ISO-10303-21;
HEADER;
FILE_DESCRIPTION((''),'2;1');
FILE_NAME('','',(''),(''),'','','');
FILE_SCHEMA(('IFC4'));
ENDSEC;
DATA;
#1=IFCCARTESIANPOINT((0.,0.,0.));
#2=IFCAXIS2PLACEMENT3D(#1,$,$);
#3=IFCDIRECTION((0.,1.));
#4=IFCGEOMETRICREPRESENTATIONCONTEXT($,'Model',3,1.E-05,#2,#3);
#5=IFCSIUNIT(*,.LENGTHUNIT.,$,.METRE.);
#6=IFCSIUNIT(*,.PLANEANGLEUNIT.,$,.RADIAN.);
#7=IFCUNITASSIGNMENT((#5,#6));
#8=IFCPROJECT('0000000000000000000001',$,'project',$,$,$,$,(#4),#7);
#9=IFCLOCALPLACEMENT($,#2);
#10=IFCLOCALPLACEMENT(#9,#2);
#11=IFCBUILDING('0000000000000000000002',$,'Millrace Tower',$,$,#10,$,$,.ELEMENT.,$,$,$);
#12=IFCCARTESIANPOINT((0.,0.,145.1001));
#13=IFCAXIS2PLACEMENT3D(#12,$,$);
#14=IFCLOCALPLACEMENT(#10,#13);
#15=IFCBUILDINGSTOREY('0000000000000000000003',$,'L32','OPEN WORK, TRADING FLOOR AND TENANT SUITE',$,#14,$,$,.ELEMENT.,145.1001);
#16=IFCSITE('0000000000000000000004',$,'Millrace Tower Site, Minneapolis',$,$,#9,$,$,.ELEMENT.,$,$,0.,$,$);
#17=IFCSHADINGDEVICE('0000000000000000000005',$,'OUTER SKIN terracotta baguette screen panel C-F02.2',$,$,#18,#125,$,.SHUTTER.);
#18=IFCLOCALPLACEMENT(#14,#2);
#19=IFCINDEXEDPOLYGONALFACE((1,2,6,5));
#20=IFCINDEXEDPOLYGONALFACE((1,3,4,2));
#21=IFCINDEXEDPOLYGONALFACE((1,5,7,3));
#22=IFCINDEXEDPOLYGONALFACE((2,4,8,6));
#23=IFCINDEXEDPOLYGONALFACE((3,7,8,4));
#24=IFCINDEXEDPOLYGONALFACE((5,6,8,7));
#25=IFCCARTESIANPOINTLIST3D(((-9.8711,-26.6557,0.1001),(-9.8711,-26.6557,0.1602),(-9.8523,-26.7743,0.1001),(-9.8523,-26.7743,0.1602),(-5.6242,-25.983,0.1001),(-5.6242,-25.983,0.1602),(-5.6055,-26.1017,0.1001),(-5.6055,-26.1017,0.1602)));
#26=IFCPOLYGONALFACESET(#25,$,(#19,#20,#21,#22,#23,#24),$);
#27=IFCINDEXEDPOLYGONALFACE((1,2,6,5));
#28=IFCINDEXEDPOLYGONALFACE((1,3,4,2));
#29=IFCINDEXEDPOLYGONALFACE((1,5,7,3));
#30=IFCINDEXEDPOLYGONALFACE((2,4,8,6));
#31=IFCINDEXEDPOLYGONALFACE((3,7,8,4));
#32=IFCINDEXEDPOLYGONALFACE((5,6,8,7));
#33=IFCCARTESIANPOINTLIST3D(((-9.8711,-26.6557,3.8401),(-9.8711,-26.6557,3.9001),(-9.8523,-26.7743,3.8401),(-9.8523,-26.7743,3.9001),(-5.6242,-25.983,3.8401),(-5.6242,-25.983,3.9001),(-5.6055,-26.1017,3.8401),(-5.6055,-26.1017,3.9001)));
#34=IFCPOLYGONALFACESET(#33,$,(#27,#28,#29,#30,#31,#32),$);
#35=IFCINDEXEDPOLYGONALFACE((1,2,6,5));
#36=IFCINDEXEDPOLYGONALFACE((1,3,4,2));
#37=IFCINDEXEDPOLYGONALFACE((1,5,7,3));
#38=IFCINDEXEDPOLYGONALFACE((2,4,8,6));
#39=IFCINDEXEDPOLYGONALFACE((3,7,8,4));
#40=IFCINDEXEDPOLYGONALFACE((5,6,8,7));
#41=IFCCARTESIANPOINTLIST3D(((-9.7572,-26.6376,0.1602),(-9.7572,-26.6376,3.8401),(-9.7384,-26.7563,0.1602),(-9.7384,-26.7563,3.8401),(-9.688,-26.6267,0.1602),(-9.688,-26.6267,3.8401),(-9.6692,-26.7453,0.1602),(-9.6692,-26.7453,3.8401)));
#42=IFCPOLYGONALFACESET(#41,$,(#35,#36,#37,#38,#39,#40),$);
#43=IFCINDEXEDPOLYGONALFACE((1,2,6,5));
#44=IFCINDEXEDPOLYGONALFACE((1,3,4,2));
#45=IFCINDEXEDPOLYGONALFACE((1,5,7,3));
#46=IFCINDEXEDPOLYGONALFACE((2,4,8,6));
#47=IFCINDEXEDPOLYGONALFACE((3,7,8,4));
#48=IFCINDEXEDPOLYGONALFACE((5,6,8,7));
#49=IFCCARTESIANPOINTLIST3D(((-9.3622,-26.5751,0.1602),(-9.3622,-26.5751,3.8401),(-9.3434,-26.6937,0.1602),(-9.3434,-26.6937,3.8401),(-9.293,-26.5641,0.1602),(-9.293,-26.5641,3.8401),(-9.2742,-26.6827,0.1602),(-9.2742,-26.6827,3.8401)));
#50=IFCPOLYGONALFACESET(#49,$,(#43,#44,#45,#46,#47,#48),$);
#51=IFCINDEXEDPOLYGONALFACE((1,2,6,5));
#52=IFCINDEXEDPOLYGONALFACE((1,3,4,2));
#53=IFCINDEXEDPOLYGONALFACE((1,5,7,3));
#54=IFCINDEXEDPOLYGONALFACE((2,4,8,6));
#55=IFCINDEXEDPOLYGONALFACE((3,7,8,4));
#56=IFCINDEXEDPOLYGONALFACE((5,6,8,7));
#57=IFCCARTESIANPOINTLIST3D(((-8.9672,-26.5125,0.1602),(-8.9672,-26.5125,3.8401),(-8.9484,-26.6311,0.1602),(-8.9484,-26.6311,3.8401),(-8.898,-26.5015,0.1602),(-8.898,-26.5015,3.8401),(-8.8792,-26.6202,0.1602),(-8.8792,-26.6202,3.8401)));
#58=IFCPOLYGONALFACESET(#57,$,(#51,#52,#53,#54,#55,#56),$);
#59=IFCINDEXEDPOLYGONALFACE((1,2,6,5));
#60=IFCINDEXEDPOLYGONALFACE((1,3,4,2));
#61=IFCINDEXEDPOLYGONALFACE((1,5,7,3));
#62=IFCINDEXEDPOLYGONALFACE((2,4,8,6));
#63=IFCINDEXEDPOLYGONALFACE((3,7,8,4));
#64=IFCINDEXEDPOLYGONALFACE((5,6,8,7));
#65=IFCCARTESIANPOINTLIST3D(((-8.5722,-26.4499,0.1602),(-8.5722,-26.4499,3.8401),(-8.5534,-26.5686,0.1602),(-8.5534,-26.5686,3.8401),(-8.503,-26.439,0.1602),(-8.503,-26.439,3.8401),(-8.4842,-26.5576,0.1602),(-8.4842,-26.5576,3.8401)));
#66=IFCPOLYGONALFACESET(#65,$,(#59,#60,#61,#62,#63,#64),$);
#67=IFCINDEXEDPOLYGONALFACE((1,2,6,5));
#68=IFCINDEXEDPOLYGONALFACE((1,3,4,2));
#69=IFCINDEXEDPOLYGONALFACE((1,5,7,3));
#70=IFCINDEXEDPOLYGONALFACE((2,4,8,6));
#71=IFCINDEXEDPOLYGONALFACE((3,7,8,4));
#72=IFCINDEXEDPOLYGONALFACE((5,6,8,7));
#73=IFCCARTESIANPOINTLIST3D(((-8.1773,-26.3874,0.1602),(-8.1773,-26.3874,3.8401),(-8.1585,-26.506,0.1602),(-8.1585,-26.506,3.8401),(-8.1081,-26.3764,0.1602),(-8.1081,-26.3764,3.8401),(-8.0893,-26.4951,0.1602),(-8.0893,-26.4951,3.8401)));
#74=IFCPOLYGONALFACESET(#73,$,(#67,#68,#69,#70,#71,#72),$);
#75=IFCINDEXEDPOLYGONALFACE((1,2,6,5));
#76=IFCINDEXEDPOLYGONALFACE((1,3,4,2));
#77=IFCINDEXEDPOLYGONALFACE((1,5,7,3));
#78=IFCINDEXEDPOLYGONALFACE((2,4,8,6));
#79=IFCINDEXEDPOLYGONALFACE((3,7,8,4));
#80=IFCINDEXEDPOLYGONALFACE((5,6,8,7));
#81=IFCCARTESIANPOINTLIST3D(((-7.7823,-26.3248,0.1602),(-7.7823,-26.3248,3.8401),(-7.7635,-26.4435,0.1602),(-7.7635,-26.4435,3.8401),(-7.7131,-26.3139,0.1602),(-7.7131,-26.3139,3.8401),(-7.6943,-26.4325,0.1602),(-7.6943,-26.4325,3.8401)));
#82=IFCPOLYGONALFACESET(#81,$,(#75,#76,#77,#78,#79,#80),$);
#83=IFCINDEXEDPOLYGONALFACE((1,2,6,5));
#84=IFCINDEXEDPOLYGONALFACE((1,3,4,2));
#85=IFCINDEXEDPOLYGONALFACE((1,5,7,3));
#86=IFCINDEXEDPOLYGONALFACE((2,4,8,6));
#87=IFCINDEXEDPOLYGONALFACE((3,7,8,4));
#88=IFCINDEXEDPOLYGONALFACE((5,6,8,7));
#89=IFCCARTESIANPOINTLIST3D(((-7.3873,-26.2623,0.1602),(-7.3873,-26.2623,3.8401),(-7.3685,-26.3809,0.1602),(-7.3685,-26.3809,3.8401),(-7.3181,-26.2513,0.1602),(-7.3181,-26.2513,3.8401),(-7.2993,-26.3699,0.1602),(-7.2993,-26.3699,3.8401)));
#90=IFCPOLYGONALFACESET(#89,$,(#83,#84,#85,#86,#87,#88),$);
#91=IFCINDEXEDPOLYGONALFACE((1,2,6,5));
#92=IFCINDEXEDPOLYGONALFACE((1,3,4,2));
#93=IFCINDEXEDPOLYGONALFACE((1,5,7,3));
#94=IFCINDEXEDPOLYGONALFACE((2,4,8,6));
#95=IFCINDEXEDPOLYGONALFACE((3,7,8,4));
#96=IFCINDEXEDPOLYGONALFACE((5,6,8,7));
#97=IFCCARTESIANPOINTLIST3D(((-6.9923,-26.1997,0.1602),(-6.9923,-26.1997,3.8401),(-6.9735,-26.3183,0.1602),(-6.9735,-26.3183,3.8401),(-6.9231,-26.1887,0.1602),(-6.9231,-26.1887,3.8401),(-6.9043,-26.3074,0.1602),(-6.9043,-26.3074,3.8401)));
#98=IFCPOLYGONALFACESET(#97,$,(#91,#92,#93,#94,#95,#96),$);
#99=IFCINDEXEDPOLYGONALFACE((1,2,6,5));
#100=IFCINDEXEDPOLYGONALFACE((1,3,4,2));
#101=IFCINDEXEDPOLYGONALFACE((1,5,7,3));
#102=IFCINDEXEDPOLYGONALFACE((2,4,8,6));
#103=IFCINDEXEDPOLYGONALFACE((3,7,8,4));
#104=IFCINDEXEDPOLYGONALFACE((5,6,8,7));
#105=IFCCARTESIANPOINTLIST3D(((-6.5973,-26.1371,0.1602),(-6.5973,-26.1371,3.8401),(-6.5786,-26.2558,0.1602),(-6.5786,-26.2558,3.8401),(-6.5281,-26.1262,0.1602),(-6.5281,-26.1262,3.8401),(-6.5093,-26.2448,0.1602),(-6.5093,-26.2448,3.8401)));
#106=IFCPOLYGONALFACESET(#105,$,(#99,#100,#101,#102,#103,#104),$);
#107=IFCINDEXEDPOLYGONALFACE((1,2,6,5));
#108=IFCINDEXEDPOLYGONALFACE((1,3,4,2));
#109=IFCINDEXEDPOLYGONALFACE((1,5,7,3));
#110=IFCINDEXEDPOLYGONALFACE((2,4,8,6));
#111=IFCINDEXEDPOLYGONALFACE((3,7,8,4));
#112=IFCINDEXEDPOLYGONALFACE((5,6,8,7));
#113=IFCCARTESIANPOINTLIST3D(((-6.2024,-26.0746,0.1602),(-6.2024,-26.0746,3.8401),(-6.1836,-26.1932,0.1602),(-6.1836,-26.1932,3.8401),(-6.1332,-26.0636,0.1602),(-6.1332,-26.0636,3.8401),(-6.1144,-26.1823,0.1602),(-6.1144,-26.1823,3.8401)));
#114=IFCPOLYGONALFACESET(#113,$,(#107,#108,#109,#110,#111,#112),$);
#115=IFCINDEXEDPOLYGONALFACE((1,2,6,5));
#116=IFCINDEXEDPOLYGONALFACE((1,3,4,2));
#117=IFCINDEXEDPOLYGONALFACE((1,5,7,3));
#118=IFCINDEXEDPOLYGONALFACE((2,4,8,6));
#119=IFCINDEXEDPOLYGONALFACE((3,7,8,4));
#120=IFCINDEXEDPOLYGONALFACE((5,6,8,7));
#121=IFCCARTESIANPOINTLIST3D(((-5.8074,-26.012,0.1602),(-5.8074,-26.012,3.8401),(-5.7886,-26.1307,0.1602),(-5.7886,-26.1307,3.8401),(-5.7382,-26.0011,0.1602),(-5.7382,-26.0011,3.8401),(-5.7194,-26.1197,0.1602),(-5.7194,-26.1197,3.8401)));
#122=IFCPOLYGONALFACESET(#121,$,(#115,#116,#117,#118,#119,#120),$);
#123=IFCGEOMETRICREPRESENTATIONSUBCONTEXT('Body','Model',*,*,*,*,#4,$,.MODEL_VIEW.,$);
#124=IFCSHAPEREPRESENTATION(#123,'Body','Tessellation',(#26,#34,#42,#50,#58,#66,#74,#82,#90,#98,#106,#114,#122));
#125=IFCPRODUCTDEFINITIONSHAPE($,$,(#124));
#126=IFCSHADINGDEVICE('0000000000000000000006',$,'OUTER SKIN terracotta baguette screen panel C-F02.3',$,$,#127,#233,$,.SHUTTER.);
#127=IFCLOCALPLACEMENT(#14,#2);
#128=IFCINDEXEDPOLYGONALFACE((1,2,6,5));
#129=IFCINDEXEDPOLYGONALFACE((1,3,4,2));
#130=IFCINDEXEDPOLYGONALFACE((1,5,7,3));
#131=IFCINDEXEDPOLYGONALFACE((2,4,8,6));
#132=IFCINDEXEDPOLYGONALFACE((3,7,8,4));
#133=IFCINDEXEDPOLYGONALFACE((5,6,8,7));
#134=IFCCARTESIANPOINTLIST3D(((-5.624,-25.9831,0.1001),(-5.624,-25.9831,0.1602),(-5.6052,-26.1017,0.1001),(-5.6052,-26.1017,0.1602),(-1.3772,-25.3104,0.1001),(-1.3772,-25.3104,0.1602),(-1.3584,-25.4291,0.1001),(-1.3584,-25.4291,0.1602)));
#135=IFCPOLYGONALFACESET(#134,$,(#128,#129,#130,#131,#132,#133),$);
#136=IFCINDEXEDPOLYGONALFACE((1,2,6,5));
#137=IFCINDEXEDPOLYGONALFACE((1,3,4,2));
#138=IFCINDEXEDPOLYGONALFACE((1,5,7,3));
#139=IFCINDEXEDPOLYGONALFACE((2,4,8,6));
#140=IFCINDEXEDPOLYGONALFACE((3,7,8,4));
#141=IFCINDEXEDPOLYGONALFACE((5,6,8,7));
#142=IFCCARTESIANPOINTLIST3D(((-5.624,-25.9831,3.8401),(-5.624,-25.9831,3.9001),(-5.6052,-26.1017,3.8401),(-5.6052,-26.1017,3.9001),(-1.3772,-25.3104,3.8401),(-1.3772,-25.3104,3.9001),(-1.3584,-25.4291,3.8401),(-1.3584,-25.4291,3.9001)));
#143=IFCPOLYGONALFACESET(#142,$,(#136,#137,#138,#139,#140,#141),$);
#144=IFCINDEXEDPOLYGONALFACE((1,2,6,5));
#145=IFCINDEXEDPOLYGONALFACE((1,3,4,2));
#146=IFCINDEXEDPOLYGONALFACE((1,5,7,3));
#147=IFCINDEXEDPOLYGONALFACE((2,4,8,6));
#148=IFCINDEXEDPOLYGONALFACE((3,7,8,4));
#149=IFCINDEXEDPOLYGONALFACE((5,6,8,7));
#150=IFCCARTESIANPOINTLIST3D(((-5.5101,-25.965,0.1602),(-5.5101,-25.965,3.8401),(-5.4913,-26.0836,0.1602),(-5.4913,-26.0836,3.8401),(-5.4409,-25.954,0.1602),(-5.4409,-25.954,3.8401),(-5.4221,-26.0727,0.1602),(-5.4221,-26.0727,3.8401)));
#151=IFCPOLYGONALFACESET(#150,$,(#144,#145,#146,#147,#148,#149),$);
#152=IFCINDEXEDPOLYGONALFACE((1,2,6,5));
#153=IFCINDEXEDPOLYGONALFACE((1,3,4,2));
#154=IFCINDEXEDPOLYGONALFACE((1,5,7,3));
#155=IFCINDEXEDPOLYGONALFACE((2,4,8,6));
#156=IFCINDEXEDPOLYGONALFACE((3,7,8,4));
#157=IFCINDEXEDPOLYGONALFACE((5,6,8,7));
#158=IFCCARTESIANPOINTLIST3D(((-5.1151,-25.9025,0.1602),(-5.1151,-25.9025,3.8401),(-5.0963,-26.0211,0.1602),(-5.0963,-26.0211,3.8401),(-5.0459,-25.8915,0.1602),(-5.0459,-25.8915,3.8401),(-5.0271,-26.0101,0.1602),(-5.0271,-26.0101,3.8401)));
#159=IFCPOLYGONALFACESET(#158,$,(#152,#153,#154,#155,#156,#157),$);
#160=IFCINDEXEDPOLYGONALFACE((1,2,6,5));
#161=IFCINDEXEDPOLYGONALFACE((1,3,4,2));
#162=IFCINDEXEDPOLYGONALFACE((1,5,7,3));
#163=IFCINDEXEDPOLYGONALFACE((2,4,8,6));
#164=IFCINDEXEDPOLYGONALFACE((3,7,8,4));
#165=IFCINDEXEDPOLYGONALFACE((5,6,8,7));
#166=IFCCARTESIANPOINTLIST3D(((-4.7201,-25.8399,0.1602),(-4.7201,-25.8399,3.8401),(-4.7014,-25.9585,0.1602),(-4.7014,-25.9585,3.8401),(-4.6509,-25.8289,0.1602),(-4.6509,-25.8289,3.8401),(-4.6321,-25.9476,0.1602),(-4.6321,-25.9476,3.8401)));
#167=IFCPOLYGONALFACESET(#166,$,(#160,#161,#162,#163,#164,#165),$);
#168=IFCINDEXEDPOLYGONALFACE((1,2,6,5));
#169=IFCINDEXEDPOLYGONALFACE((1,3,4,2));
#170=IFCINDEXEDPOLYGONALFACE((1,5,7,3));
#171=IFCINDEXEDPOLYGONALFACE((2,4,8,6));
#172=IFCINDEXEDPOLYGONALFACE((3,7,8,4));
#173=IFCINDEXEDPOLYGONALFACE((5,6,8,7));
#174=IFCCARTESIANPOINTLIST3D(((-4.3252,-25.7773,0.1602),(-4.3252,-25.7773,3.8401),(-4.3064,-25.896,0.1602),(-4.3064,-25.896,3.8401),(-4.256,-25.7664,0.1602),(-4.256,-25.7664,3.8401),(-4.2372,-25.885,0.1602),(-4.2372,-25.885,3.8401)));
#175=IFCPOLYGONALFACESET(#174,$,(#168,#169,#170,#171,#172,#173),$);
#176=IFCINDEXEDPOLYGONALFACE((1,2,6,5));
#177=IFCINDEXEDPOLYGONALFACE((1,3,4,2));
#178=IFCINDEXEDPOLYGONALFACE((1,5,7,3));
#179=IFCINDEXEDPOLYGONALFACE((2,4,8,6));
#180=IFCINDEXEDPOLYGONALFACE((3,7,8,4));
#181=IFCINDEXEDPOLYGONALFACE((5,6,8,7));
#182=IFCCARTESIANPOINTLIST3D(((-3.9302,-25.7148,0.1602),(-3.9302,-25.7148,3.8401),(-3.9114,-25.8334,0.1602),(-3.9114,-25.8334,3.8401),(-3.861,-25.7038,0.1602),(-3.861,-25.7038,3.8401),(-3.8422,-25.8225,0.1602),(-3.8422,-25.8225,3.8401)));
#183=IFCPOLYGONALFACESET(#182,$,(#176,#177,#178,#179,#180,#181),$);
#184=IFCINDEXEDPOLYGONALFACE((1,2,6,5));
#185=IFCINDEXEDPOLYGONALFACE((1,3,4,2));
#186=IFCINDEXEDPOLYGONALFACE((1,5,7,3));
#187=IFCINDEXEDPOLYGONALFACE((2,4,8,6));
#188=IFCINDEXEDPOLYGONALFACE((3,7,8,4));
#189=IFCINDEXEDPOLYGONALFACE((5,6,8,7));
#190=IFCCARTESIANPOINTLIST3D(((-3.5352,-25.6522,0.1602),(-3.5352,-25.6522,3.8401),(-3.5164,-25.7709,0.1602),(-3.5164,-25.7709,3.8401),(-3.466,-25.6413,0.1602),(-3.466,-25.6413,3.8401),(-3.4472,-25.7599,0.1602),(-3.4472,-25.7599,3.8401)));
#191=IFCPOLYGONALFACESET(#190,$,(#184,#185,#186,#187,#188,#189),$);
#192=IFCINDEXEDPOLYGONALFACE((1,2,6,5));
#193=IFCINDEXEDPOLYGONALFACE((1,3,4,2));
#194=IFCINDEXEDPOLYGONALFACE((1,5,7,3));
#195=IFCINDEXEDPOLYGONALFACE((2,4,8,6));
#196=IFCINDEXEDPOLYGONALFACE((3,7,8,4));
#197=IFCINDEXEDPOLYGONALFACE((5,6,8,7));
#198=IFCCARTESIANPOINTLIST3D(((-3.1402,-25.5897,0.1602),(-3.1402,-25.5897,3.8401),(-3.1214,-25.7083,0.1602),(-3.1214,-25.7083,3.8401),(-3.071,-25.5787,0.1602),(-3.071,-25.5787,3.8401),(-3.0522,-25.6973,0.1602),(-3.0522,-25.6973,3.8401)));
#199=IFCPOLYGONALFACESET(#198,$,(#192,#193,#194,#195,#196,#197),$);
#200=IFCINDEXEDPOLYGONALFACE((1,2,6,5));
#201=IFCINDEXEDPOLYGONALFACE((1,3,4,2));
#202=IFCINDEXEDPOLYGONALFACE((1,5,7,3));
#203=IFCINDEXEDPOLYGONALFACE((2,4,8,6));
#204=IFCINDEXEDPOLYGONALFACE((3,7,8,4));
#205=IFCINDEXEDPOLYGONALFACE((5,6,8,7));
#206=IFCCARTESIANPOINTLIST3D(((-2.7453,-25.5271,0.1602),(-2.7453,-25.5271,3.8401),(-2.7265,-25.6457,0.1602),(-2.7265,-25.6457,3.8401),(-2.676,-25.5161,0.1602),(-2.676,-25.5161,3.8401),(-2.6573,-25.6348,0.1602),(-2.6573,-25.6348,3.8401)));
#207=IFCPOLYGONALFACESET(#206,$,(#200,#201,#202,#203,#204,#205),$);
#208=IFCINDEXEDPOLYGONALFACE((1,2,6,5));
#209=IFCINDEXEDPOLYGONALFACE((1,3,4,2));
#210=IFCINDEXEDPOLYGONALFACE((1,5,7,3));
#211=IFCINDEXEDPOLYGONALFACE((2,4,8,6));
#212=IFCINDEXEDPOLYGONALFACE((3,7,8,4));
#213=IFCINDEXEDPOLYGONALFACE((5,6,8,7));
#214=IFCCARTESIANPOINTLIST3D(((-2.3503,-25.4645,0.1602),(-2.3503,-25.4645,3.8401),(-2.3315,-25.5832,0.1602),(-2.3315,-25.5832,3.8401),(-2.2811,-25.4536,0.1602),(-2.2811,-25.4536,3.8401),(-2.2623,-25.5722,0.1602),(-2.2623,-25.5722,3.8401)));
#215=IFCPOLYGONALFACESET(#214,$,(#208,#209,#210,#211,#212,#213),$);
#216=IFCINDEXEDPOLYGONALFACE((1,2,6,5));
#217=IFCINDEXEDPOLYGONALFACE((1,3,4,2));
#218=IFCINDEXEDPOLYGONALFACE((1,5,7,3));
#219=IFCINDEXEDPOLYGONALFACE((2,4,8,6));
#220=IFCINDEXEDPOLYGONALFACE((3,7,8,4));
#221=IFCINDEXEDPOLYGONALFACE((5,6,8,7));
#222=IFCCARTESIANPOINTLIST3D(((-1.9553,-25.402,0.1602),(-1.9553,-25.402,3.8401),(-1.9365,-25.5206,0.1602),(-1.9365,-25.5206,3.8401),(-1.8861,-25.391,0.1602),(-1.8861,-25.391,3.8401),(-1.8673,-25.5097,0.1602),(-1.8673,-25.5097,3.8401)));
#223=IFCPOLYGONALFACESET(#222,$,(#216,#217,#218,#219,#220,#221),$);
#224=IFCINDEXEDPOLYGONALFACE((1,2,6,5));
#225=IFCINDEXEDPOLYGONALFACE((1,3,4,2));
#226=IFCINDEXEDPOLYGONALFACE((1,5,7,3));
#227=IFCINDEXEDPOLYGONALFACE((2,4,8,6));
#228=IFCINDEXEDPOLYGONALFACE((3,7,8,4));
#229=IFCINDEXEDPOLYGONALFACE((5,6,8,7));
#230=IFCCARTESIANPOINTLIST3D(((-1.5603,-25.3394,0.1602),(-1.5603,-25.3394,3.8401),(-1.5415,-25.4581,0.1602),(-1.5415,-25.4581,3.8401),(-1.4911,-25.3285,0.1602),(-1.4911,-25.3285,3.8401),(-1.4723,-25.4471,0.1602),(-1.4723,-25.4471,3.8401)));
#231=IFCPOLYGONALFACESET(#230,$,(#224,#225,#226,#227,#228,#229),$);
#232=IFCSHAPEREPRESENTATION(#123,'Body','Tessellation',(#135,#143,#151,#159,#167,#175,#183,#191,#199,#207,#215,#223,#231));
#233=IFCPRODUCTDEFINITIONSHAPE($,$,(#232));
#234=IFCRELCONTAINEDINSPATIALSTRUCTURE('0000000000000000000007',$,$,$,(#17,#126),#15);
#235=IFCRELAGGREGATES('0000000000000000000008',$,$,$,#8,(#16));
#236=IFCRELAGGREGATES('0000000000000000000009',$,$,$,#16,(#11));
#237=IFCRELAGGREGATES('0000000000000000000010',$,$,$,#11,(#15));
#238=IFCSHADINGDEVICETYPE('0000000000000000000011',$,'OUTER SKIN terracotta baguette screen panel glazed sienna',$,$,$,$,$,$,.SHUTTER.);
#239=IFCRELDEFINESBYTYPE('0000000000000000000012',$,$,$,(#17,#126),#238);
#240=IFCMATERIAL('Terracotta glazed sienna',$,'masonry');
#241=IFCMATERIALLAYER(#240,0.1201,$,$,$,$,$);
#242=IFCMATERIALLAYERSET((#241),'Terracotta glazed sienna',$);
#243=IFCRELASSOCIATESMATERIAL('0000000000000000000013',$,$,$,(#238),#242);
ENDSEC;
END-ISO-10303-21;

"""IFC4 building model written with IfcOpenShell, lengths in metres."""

from ifc_helpers import new_model, entity, si_unit, direction, frame, frame_2d, origin, origin_2d, place, context, subcontext, project, spatial, rectangle, extrude, source, transform, mapped, material, layer, layer_set, type_object, element, save


model = new_model("IFC4")

# Units and contexts
model_context = context("Model", 3, precision=1e-05, world=origin(), true_north=direction((0.0, 1.0)))
body_context = subcontext(model_context, "Body", "Model", "MODEL_VIEW")
ifc_project = project(units=[si_unit("LENGTHUNIT", "METRE"), si_unit("PLANEANGLEUNIT", "RADIAN")], contexts=[model_context])

# Site, building, storey
site_placement = place(None, origin())
site = spatial("IfcSite", under=ifc_project, at=site_placement, Name="Millrace Tower Site, Minneapolis", CompositionType="ELEMENT", RefElevation=0.0)
building_placement = place(site_placement, origin())
building = spatial("IfcBuilding", under=site, at=building_placement, Name="Millrace Tower", CompositionType="ELEMENT")
storey_placement = place(building_placement, frame((0.0, 0.0, 145.1001)))
storey = spatial("IfcBuildingStorey", under=building, at=storey_placement, Name="L32", Description="OPEN WORK, TRADING FLOOR AND TENANT SUITE", CompositionType="ELEMENT", Elevation=145.1001)

# Shading devices
ifc_material_1 = material(Name="Terracotta glazed sienna", Category="masonry")
ifc_layer_1 = layer(ifc_material_1, 0.1201)
ifc_layer_set_1 = layer_set([ifc_layer_1], Name="Terracotta glazed sienna")
shading_device_type = type_object("IfcShadingDeviceType", Name="OUTER SKIN terracotta baguette screen panel glazed sienna", PredefinedType="SHUTTER", material=ifc_layer_set_1)
cartesian_point_1 = entity("IfcCartesianPoint", [-2.1499, 0.0601])
shared_polyline_1 = entity("IfcPolyline", [cartesian_point_1, entity("IfcCartesianPoint", [2.1499, 0.0601]), entity("IfcCartesianPoint", [2.1499, -0.0601]), entity("IfcCartesianPoint", [-2.1499, -0.0601]), cartesian_point_1])
shared_shape_1 = source(origin(), body_context, "Body", "SweptSolid", [
    entity("IfcExtrudedAreaSolid", entity("IfcArbitraryClosedProfileDef", "AREA", None, shared_polyline_1), entity("IfcAxis2Placement3D", entity("IfcCartesianPoint", [0.0, 0.0, 0.0])), entity("IfcDirection", [0.0, 0.0, 1.0]), 0.0601),
    entity("IfcExtrudedAreaSolid", entity("IfcArbitraryClosedProfileDef", "AREA", None, shared_polyline_1), entity("IfcAxis2Placement3D", entity("IfcCartesianPoint", [0.0, 0.0, 3.74])), entity("IfcDirection", [0.0, 0.0, 1.0]), 0.0601),
    extrude(rectangle(XDim=0.0701, YDim=0.1201, at=frame_2d((-1.9995, 0.0))), frame((0.0, 0.0, 0.0601)), (0.0, 0.0, 1.0), 3.6799),
    extrude(rectangle(XDim=0.0701, YDim=0.1201, at=frame_2d((-1.5996, 0.0))), frame((0.0, 0.0, 0.0601)), (0.0, 0.0, 1.0), 3.6799),
    extrude(rectangle(XDim=0.0701, YDim=0.1201, at=frame_2d((-1.1997, 0.0))), frame((0.0, 0.0, 0.0601)), (0.0, 0.0, 1.0), 3.6799),
    extrude(rectangle(XDim=0.0701, YDim=0.1201, at=frame_2d((-0.7998, 0.0))), frame((0.0, 0.0, 0.0601)), (0.0, 0.0, 1.0), 3.6799),
    extrude(rectangle(XDim=0.0701, YDim=0.1201, at=frame_2d((-0.3999, 0.0))), frame((0.0, 0.0, 0.0601)), (0.0, 0.0, 1.0), 3.6799),
    extrude(rectangle(XDim=0.0701, YDim=0.1201, at=origin_2d()), frame((0.0, 0.0, 0.0601)), (0.0, 0.0, 1.0), 3.6799),
    extrude(rectangle(XDim=0.0701, YDim=0.1201, at=frame_2d((0.3999, 0.0))), frame((0.0, 0.0, 0.0601)), (0.0, 0.0, 1.0), 3.6799),
    extrude(rectangle(XDim=0.0701, YDim=0.1201, at=frame_2d((0.7998, 0.0))), frame((0.0, 0.0, 0.0601)), (0.0, 0.0, 1.0), 3.6799),
    extrude(rectangle(XDim=0.0701, YDim=0.1201, at=frame_2d((1.1997, 0.0))), frame((0.0, 0.0, 0.0601)), (0.0, 0.0, 1.0), 3.6799),
    extrude(rectangle(XDim=0.0701, YDim=0.1201, at=frame_2d((1.5996, 0.0))), frame((0.0, 0.0, 0.0601)), (0.0, 0.0, 1.0), 3.6799),
    extrude(rectangle(XDim=0.0701, YDim=0.1201, at=frame_2d((1.9995, 0.0))), frame((0.0, 0.0, 0.0601)), (0.0, 0.0, 1.0), 3.6799),
])
for number, where, z_axis, x_axis, name in (
    (1, (-7.7383, -26.3787, 0.1001), (0.0, 0.0, 1.0), (0.987688, 0.156434, 0.0), "OUTER SKIN terracotta baguette screen panel C-F02.2"),
    (2, (-3.4912, -25.7061, 0.1001), (0.0, 0.0, 1.0), (0.987688, 0.156434, 0.0), "OUTER SKIN terracotta baguette screen panel C-F02.3"),
):
    element("IfcShadingDevice", number, at=place(storey_placement, frame(where, z_axis=z_axis, x_axis=x_axis)), inside=storey, type_object=shading_device_type, Name=name, PredefinedType="SHUTTER", context=body_context, shape_type="MappedRepresentation", body=[
        mapped(shared_shape_1, transform((0.0, 0.0, 0.0), scale=1.0)),
    ])

save(model, "model.ifc")
